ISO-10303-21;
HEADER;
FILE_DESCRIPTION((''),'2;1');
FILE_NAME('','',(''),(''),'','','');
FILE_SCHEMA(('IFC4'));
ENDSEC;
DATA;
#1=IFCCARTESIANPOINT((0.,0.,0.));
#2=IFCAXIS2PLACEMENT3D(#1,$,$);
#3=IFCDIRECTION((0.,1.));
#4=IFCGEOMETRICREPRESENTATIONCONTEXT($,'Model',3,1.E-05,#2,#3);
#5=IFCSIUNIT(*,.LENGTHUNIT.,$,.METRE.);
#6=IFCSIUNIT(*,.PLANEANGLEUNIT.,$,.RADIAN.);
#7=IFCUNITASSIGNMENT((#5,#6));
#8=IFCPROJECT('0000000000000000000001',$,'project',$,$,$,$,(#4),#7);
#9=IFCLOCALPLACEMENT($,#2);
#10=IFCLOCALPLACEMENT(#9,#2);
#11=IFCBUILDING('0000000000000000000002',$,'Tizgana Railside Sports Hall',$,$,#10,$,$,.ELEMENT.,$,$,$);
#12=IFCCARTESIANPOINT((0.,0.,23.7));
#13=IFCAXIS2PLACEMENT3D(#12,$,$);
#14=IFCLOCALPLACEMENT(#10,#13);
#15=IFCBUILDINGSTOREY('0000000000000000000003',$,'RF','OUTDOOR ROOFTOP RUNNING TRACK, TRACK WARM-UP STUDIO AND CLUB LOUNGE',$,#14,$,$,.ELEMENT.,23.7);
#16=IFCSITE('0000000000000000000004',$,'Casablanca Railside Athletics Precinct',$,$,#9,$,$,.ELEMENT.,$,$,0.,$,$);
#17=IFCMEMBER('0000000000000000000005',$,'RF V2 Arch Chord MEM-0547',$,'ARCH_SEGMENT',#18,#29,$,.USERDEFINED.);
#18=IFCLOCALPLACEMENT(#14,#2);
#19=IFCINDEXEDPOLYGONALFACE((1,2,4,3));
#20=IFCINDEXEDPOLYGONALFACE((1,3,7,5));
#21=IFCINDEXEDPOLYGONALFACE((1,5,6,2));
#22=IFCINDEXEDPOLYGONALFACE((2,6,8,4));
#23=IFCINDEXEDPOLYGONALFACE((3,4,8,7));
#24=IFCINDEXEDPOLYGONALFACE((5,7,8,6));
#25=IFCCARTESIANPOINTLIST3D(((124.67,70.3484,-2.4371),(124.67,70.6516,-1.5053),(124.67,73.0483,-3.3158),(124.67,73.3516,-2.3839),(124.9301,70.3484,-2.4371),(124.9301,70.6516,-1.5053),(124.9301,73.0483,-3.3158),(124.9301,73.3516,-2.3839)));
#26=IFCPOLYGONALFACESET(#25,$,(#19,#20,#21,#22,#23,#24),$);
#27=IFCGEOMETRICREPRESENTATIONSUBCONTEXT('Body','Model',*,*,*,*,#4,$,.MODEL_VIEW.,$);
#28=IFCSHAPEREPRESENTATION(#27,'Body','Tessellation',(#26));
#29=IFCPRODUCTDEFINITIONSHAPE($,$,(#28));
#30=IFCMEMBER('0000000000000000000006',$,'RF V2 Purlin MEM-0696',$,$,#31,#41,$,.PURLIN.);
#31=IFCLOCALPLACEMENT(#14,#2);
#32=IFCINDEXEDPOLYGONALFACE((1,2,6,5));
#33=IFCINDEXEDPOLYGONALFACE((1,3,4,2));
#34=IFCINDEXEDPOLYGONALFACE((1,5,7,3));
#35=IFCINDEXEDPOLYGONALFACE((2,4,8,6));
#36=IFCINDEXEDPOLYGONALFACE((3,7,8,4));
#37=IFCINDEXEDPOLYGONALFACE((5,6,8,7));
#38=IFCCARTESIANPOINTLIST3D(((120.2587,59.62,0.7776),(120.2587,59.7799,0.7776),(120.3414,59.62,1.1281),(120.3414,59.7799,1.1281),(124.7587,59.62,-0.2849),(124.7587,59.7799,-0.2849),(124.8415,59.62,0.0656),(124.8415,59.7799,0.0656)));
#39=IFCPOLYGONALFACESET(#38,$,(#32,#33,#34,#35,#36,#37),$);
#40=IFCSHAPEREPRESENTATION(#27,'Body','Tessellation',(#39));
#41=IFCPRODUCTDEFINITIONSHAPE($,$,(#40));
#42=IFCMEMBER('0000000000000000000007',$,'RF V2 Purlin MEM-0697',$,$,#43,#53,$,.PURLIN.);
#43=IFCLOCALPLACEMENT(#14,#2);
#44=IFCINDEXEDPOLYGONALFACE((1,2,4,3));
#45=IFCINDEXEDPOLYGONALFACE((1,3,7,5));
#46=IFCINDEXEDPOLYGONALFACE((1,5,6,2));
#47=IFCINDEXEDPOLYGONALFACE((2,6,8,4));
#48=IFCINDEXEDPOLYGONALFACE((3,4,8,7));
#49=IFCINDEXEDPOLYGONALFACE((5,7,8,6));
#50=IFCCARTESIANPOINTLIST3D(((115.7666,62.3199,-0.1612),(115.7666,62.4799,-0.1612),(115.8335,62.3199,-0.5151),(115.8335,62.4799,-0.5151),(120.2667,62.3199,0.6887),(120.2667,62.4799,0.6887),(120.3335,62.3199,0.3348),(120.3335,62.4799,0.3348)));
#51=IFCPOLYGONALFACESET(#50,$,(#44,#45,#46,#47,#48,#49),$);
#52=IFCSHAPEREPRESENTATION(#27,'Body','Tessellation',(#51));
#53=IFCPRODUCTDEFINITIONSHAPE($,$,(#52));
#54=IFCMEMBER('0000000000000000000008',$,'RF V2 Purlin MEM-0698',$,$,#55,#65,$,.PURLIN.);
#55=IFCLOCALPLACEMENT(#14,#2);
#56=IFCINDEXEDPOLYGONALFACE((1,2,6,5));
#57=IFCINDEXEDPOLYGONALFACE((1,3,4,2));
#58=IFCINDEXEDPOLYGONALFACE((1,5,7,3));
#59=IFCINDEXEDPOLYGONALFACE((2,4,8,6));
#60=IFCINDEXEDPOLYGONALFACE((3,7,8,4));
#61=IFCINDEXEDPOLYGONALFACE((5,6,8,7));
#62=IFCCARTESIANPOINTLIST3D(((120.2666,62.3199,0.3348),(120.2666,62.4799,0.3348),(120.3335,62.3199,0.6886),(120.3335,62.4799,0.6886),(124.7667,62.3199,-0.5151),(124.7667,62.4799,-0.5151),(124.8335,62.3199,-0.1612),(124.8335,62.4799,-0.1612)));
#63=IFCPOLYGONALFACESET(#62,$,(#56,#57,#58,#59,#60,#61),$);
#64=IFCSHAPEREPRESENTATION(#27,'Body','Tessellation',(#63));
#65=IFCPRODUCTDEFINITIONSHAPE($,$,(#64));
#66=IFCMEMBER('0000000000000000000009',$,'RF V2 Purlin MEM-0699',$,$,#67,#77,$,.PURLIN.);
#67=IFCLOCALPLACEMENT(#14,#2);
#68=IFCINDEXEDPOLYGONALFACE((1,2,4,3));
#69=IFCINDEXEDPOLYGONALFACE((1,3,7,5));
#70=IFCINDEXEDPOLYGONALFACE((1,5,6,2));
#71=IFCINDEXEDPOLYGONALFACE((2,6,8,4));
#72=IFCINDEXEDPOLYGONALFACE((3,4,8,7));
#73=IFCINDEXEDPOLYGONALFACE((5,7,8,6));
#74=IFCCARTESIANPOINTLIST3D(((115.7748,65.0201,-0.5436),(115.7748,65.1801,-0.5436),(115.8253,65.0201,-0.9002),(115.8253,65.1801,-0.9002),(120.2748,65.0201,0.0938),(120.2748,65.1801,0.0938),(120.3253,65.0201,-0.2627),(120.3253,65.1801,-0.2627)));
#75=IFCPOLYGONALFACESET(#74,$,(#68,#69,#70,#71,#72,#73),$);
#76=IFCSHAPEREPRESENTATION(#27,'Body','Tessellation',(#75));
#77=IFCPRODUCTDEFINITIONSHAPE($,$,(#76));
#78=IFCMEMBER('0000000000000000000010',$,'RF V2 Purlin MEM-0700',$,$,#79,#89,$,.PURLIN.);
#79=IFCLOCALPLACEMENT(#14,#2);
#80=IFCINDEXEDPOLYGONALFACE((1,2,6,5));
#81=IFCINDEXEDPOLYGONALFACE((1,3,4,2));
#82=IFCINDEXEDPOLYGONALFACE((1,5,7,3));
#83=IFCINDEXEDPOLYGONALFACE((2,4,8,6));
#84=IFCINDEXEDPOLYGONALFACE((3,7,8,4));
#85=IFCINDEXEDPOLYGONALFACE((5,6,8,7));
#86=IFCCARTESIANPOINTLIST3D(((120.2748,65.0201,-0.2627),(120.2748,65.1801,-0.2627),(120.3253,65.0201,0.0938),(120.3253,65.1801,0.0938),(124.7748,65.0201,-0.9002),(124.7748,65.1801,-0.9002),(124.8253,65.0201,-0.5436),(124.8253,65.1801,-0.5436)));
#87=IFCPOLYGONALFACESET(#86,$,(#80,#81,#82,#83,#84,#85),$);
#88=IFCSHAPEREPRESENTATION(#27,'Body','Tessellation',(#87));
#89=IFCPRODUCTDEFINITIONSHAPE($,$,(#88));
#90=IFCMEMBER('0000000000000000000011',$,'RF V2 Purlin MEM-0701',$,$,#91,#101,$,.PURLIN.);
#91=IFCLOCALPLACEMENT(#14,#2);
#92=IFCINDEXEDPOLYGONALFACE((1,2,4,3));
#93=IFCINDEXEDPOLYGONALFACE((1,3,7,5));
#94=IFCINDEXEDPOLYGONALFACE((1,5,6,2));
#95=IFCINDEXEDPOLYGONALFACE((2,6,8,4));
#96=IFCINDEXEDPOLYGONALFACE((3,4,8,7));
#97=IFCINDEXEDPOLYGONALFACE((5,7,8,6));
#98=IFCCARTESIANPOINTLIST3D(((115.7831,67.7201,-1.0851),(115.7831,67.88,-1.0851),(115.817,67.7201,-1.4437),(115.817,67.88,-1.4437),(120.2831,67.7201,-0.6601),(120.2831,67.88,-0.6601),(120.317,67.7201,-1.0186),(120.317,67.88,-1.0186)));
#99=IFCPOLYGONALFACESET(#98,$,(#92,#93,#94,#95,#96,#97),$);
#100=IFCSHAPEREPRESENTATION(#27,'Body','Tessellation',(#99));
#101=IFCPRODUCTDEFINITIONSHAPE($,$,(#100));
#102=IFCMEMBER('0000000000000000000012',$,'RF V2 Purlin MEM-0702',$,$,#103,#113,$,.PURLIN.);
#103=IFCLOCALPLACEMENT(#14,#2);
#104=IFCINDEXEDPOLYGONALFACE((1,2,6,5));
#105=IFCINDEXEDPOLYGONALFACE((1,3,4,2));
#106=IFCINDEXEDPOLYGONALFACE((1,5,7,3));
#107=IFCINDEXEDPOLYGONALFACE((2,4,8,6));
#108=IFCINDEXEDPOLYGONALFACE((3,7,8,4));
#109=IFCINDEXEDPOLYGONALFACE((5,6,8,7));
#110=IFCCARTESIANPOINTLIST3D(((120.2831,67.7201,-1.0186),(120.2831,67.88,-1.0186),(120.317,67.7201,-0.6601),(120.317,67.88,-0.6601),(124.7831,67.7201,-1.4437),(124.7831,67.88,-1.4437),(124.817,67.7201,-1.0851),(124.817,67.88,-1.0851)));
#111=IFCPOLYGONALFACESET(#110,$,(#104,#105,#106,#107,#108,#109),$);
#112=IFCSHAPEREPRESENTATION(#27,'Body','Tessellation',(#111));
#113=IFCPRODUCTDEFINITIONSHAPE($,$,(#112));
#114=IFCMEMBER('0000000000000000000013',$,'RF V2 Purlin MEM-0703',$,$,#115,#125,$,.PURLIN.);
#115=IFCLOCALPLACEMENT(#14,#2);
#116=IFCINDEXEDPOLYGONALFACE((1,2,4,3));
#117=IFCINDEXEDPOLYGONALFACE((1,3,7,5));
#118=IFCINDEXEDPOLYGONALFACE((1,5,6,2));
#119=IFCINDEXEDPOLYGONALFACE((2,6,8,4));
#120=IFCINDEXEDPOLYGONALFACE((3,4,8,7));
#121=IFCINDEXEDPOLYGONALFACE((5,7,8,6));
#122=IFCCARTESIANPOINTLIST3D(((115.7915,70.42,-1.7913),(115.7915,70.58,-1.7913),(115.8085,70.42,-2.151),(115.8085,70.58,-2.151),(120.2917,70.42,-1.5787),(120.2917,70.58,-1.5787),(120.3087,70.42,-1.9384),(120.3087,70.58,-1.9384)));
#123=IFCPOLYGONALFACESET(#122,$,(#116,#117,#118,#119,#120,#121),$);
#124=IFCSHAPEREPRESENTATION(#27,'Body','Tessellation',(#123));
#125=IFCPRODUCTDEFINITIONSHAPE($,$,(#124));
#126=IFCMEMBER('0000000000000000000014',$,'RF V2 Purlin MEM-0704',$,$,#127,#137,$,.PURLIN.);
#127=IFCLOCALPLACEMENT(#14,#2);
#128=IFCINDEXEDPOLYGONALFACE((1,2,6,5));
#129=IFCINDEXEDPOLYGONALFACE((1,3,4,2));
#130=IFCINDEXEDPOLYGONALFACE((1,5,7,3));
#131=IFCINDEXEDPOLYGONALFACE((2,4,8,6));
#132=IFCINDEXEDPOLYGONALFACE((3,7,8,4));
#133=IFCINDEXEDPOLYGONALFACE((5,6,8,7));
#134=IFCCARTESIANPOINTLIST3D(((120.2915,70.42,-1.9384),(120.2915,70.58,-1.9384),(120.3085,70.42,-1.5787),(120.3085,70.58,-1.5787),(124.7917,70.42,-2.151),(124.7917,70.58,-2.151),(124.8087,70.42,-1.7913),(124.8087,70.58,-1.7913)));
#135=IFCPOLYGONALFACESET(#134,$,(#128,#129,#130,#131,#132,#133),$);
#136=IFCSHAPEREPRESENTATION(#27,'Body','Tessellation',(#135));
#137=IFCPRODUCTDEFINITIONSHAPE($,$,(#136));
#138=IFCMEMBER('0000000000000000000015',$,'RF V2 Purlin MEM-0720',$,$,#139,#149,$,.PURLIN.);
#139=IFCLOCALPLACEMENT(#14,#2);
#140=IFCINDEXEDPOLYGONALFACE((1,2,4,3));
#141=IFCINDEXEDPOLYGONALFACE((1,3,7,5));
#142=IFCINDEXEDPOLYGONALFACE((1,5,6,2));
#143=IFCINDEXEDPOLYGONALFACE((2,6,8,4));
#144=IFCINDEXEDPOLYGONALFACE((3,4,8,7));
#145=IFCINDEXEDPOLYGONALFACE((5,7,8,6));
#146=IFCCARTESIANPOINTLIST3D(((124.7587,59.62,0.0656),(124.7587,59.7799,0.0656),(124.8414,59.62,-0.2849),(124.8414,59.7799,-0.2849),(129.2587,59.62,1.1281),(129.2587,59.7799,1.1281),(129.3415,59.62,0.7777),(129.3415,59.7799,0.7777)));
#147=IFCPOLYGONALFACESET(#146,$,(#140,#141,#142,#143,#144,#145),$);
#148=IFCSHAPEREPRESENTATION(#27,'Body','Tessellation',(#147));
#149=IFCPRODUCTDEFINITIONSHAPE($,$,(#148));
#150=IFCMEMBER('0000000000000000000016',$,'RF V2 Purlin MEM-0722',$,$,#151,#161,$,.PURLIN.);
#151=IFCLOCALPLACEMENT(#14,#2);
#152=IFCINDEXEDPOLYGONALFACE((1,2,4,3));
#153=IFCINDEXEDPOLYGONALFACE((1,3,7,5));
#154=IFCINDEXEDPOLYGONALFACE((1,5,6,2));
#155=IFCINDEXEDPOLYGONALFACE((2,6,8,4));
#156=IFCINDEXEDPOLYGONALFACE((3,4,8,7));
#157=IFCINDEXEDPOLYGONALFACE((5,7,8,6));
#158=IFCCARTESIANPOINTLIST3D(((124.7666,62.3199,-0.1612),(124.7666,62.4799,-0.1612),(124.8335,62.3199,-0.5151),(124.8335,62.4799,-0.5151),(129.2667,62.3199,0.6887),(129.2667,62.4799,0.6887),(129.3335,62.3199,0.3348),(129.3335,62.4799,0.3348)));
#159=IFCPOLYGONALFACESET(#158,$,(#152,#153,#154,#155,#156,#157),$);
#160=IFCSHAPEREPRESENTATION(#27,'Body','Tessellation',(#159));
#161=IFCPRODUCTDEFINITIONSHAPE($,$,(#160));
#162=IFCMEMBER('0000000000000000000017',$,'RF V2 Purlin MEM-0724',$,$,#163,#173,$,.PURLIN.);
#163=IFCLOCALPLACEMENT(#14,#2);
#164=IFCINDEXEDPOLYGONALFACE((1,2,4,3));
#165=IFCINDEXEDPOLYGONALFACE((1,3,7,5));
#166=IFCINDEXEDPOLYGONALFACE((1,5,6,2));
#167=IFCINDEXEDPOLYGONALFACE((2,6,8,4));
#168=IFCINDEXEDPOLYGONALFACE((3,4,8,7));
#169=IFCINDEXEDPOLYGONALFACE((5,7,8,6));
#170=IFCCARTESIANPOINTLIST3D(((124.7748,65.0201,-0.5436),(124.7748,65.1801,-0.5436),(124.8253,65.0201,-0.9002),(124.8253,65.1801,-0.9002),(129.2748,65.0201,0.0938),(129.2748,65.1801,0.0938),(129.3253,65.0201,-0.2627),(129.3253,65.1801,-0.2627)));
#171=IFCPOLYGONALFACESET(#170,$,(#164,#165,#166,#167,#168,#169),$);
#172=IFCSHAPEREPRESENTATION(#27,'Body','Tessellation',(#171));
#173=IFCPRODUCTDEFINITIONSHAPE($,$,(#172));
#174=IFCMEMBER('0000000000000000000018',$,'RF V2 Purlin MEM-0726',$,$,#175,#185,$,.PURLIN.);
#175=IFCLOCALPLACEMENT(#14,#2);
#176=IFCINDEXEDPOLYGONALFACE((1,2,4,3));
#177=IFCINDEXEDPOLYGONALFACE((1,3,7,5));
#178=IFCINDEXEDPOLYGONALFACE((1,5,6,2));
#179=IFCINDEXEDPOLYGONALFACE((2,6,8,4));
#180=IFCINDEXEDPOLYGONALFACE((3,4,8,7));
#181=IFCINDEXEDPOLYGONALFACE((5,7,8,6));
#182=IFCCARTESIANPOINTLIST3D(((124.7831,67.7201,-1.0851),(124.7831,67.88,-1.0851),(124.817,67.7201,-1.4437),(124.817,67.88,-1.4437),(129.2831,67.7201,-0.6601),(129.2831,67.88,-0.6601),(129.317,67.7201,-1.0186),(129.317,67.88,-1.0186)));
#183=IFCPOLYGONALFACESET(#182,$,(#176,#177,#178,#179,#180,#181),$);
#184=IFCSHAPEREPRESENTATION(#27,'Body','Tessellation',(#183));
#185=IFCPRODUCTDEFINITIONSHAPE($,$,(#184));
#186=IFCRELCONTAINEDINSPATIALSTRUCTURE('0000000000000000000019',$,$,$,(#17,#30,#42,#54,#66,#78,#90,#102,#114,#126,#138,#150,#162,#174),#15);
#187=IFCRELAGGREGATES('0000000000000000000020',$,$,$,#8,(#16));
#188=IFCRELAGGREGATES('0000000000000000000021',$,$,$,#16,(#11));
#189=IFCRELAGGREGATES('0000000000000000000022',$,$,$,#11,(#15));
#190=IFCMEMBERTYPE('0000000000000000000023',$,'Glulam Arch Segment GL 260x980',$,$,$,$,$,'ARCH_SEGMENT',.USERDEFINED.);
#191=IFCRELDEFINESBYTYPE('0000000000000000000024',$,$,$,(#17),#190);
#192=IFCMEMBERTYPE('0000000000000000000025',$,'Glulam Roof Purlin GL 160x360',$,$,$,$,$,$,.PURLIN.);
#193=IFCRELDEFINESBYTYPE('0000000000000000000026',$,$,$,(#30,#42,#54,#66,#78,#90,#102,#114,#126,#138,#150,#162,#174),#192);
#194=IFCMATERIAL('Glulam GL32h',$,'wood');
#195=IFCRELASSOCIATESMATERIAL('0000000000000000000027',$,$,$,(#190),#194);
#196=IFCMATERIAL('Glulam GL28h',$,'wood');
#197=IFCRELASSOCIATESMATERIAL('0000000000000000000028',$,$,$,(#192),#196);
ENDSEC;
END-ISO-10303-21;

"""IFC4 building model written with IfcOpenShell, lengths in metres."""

from ifc_helpers import new_model, si_unit, direction, frame, origin, origin_2d, place, context, subcontext, project, spatial, rectangle, extrude, material, material_profile, profile_set, type_object, element, save


model = new_model("IFC4")

# Units and contexts
model_context = context("Model", 3, precision=1e-05, world=origin(), true_north=direction((0.0, 1.0)))
body_context = subcontext(model_context, "Body", "Model", "MODEL_VIEW")
ifc_project = project(units=[si_unit("LENGTHUNIT", "METRE"), si_unit("PLANEANGLEUNIT", "RADIAN")], contexts=[model_context])

# Site, building, storey
site_placement = place(None, origin())
site = spatial("IfcSite", under=ifc_project, at=site_placement, Name="Casablanca Railside Athletics Precinct", CompositionType="ELEMENT", RefElevation=0.0)
building_placement = place(site_placement, origin())
building = spatial("IfcBuilding", under=site, at=building_placement, Name="Tizgana Railside Sports Hall", CompositionType="ELEMENT")
storey_placement = place(building_placement, frame((0.0, 0.0, 23.7)))
storey = spatial("IfcBuildingStorey", under=building, at=storey_placement, Name="RF", Description="OUTDOOR ROOFTOP RUNNING TRACK, TRACK WARM-UP STUDIO AND CLUB LOUNGE", CompositionType="ELEMENT", Elevation=23.7)

# Members
ifc_material_1 = material(Name="Glulam GL32h", Category="wood")
ifc_material_profile_1 = material_profile(ifc_material_1, rectangle(XDim=0.26, YDim=0.98, at=origin_2d()), Name="GL 260x980")
ifc_profile_set_1 = profile_set([ifc_material_profile_1], Name="Glulam GL32h")
member_type_1 = type_object("IfcMemberType", Name="Glulam Arch Segment GL 260x980", ElementType="ARCH_SEGMENT", PredefinedType="USERDEFINED", material=ifc_profile_set_1)
member_1_placement = place(storey_placement, frame((124.8, 70.5, -1.9712), z_axis=(0.0, 0.950912, -0.309461), x_axis=(-1.0, 0.0, 0.0)))
element("IfcMember", 1, at=member_1_placement, inside=storey, type_object=member_type_1, Name="RF V2 Arch Chord MEM-0547", ObjectType="ARCH_SEGMENT", PredefinedType="USERDEFINED", context=body_context, shape_type="SweptSolid", body=[
    extrude(rectangle(XDim=0.26, YDim=0.98, at=origin_2d()), origin(), (0.0, 0.0, 1.0), 2.8394),
])
ifc_material_2 = material(Name="Glulam GL28h", Category="wood")
ifc_material_profile_2 = material_profile(ifc_material_2, rectangle(XDim=0.1599, YDim=0.3601, at=origin_2d()), Name="GL 160x360")
ifc_profile_set_2 = profile_set([ifc_material_profile_2], Name="Glulam GL28h")
member_type_2 = type_object("IfcMemberType", Name="Glulam Roof Purlin GL 160x360", PredefinedType="PURLIN", material=ifc_profile_set_2)
member_2_placement = place(storey_placement, frame((120.3, 59.7, 0.9529), z_axis=(0.97324, 0.0, -0.229793), x_axis=(0.0, 1.0, 0.0)))
element("IfcMember", 2, at=member_2_placement, inside=storey, type_object=member_type_2, Name="RF V2 Purlin MEM-0696", PredefinedType="PURLIN", context=body_context, shape_type="SweptSolid", body=[
    extrude(rectangle(XDim=0.1599, YDim=0.3601, at=origin_2d()), origin(), (0.0, 0.0, 1.0), 4.6238),
])
for number, where, z_axis, x_axis, name in (
    (3, (115.8, 62.3999, -0.3381), (0.98263, 0.0, 0.185576), (0.0, 1.0, 0.0), "RF V2 Purlin MEM-0697"),
    (4, (120.3, 62.3999, 0.5117), (0.98263, 0.0, -0.185576), (0.0, 1.0, 0.0), "RF V2 Purlin MEM-0698"),
):
    element("IfcMember", number, at=place(storey_placement, frame(where, z_axis=z_axis, x_axis=x_axis)), inside=storey, type_object=member_type_2, Name=name, PredefinedType="PURLIN", context=body_context, shape_type="SweptSolid", body=[
        extrude(rectangle(XDim=0.1599, YDim=0.3601, at=origin_2d()), origin(), (0.0, 0.0, 1.0), 4.5796),
    ])
for number, where, z_axis, x_axis, name in (
    (5, (115.8, 65.1001, -0.7219), (0.990115, 0.0, 0.140256), (0.0, 1.0, 0.0), "RF V2 Purlin MEM-0699"),
    (6, (120.3, 65.1001, -0.0845), (0.990115, 0.0, -0.140256), (0.0, 1.0, 0.0), "RF V2 Purlin MEM-0700"),
):
    element("IfcMember", number, at=place(storey_placement, frame(where, z_axis=z_axis, x_axis=x_axis)), inside=storey, type_object=member_type_2, Name=name, PredefinedType="PURLIN", context=body_context, shape_type="SweptSolid", body=[
        extrude(rectangle(XDim=0.1599, YDim=0.3601, at=origin_2d()), origin(), (0.0, 0.0, 1.0), 4.5449),
    ])
for number, where, z_axis, x_axis, name in (
    (7, (115.8, 67.8, -1.2644), (0.995569, 0.0, 0.094037), (0.0, 1.0, 0.0), "RF V2 Purlin MEM-0701"),
    (8, (120.3, 67.8, -0.8394), (0.995569, 0.0, -0.094037), (0.0, 1.0, 0.0), "RF V2 Purlin MEM-0702"),
):
    element("IfcMember", number, at=place(storey_placement, frame(where, z_axis=z_axis, x_axis=x_axis)), inside=storey, type_object=member_type_2, Name=name, PredefinedType="PURLIN", context=body_context, shape_type="SweptSolid", body=[
        extrude(rectangle(XDim=0.1599, YDim=0.3601, at=origin_2d()), origin(), (0.0, 0.0, 1.0), 4.52),
    ])
for number, where, z_axis, x_axis, name in (
    (9, (115.8, 70.5, -1.9712), (0.998885, 0.0, 0.047202), (0.0, 1.0, 0.0), "RF V2 Purlin MEM-0703"),
    (10, (120.3, 70.5, -1.7585), (0.998885, 0.0, -0.047202), (0.0, 1.0, 0.0), "RF V2 Purlin MEM-0704"),
):
    element("IfcMember", number, at=place(storey_placement, frame(where, z_axis=z_axis, x_axis=x_axis)), inside=storey, type_object=member_type_2, Name=name, PredefinedType="PURLIN", context=body_context, shape_type="SweptSolid", body=[
        extrude(rectangle(XDim=0.1599, YDim=0.3601, at=origin_2d()), origin(), (0.0, 0.0, 1.0), 4.5051),
    ])
member_3_placement = place(storey_placement, frame((124.8, 59.7, -0.1096), z_axis=(0.97324, 0.0, 0.229793), x_axis=(0.0, 1.0, 0.0)))
element("IfcMember", 11, at=member_3_placement, inside=storey, type_object=member_type_2, Name="RF V2 Purlin MEM-0720", PredefinedType="PURLIN", context=body_context, shape_type="SweptSolid", body=[
    extrude(rectangle(XDim=0.1599, YDim=0.3601, at=origin_2d()), origin(), (0.0, 0.0, 1.0), 4.6238),
])
member_4_placement = place(storey_placement, frame((124.8, 62.3999, -0.3381), z_axis=(0.98263, 0.0, 0.185576), x_axis=(0.0, 1.0, 0.0)))
element("IfcMember", 12, at=member_4_placement, inside=storey, type_object=member_type_2, Name="RF V2 Purlin MEM-0722", PredefinedType="PURLIN", context=body_context, shape_type="SweptSolid", body=[
    extrude(rectangle(XDim=0.1599, YDim=0.3601, at=origin_2d()), origin(), (0.0, 0.0, 1.0), 4.5796),
])
member_5_placement = place(storey_placement, frame((124.8, 65.1001, -0.7219), z_axis=(0.990115, 0.0, 0.140256), x_axis=(0.0, 1.0, 0.0)))
element("IfcMember", 13, at=member_5_placement, inside=storey, type_object=member_type_2, Name="RF V2 Purlin MEM-0724", PredefinedType="PURLIN", context=body_context, shape_type="SweptSolid", body=[
    extrude(rectangle(XDim=0.1599, YDim=0.3601, at=origin_2d()), origin(), (0.0, 0.0, 1.0), 4.5449),
])
member_6_placement = place(storey_placement, frame((124.8, 67.8, -1.2644), z_axis=(0.995569, 0.0, 0.094037), x_axis=(0.0, 1.0, 0.0)))
element("IfcMember", 14, at=member_6_placement, inside=storey, type_object=member_type_2, Name="RF V2 Purlin MEM-0726", PredefinedType="PURLIN", context=body_context, shape_type="SweptSolid", body=[
    extrude(rectangle(XDim=0.1599, YDim=0.3601, at=origin_2d()), origin(), (0.0, 0.0, 1.0), 4.52),
])

save(model, "model.ifc")
